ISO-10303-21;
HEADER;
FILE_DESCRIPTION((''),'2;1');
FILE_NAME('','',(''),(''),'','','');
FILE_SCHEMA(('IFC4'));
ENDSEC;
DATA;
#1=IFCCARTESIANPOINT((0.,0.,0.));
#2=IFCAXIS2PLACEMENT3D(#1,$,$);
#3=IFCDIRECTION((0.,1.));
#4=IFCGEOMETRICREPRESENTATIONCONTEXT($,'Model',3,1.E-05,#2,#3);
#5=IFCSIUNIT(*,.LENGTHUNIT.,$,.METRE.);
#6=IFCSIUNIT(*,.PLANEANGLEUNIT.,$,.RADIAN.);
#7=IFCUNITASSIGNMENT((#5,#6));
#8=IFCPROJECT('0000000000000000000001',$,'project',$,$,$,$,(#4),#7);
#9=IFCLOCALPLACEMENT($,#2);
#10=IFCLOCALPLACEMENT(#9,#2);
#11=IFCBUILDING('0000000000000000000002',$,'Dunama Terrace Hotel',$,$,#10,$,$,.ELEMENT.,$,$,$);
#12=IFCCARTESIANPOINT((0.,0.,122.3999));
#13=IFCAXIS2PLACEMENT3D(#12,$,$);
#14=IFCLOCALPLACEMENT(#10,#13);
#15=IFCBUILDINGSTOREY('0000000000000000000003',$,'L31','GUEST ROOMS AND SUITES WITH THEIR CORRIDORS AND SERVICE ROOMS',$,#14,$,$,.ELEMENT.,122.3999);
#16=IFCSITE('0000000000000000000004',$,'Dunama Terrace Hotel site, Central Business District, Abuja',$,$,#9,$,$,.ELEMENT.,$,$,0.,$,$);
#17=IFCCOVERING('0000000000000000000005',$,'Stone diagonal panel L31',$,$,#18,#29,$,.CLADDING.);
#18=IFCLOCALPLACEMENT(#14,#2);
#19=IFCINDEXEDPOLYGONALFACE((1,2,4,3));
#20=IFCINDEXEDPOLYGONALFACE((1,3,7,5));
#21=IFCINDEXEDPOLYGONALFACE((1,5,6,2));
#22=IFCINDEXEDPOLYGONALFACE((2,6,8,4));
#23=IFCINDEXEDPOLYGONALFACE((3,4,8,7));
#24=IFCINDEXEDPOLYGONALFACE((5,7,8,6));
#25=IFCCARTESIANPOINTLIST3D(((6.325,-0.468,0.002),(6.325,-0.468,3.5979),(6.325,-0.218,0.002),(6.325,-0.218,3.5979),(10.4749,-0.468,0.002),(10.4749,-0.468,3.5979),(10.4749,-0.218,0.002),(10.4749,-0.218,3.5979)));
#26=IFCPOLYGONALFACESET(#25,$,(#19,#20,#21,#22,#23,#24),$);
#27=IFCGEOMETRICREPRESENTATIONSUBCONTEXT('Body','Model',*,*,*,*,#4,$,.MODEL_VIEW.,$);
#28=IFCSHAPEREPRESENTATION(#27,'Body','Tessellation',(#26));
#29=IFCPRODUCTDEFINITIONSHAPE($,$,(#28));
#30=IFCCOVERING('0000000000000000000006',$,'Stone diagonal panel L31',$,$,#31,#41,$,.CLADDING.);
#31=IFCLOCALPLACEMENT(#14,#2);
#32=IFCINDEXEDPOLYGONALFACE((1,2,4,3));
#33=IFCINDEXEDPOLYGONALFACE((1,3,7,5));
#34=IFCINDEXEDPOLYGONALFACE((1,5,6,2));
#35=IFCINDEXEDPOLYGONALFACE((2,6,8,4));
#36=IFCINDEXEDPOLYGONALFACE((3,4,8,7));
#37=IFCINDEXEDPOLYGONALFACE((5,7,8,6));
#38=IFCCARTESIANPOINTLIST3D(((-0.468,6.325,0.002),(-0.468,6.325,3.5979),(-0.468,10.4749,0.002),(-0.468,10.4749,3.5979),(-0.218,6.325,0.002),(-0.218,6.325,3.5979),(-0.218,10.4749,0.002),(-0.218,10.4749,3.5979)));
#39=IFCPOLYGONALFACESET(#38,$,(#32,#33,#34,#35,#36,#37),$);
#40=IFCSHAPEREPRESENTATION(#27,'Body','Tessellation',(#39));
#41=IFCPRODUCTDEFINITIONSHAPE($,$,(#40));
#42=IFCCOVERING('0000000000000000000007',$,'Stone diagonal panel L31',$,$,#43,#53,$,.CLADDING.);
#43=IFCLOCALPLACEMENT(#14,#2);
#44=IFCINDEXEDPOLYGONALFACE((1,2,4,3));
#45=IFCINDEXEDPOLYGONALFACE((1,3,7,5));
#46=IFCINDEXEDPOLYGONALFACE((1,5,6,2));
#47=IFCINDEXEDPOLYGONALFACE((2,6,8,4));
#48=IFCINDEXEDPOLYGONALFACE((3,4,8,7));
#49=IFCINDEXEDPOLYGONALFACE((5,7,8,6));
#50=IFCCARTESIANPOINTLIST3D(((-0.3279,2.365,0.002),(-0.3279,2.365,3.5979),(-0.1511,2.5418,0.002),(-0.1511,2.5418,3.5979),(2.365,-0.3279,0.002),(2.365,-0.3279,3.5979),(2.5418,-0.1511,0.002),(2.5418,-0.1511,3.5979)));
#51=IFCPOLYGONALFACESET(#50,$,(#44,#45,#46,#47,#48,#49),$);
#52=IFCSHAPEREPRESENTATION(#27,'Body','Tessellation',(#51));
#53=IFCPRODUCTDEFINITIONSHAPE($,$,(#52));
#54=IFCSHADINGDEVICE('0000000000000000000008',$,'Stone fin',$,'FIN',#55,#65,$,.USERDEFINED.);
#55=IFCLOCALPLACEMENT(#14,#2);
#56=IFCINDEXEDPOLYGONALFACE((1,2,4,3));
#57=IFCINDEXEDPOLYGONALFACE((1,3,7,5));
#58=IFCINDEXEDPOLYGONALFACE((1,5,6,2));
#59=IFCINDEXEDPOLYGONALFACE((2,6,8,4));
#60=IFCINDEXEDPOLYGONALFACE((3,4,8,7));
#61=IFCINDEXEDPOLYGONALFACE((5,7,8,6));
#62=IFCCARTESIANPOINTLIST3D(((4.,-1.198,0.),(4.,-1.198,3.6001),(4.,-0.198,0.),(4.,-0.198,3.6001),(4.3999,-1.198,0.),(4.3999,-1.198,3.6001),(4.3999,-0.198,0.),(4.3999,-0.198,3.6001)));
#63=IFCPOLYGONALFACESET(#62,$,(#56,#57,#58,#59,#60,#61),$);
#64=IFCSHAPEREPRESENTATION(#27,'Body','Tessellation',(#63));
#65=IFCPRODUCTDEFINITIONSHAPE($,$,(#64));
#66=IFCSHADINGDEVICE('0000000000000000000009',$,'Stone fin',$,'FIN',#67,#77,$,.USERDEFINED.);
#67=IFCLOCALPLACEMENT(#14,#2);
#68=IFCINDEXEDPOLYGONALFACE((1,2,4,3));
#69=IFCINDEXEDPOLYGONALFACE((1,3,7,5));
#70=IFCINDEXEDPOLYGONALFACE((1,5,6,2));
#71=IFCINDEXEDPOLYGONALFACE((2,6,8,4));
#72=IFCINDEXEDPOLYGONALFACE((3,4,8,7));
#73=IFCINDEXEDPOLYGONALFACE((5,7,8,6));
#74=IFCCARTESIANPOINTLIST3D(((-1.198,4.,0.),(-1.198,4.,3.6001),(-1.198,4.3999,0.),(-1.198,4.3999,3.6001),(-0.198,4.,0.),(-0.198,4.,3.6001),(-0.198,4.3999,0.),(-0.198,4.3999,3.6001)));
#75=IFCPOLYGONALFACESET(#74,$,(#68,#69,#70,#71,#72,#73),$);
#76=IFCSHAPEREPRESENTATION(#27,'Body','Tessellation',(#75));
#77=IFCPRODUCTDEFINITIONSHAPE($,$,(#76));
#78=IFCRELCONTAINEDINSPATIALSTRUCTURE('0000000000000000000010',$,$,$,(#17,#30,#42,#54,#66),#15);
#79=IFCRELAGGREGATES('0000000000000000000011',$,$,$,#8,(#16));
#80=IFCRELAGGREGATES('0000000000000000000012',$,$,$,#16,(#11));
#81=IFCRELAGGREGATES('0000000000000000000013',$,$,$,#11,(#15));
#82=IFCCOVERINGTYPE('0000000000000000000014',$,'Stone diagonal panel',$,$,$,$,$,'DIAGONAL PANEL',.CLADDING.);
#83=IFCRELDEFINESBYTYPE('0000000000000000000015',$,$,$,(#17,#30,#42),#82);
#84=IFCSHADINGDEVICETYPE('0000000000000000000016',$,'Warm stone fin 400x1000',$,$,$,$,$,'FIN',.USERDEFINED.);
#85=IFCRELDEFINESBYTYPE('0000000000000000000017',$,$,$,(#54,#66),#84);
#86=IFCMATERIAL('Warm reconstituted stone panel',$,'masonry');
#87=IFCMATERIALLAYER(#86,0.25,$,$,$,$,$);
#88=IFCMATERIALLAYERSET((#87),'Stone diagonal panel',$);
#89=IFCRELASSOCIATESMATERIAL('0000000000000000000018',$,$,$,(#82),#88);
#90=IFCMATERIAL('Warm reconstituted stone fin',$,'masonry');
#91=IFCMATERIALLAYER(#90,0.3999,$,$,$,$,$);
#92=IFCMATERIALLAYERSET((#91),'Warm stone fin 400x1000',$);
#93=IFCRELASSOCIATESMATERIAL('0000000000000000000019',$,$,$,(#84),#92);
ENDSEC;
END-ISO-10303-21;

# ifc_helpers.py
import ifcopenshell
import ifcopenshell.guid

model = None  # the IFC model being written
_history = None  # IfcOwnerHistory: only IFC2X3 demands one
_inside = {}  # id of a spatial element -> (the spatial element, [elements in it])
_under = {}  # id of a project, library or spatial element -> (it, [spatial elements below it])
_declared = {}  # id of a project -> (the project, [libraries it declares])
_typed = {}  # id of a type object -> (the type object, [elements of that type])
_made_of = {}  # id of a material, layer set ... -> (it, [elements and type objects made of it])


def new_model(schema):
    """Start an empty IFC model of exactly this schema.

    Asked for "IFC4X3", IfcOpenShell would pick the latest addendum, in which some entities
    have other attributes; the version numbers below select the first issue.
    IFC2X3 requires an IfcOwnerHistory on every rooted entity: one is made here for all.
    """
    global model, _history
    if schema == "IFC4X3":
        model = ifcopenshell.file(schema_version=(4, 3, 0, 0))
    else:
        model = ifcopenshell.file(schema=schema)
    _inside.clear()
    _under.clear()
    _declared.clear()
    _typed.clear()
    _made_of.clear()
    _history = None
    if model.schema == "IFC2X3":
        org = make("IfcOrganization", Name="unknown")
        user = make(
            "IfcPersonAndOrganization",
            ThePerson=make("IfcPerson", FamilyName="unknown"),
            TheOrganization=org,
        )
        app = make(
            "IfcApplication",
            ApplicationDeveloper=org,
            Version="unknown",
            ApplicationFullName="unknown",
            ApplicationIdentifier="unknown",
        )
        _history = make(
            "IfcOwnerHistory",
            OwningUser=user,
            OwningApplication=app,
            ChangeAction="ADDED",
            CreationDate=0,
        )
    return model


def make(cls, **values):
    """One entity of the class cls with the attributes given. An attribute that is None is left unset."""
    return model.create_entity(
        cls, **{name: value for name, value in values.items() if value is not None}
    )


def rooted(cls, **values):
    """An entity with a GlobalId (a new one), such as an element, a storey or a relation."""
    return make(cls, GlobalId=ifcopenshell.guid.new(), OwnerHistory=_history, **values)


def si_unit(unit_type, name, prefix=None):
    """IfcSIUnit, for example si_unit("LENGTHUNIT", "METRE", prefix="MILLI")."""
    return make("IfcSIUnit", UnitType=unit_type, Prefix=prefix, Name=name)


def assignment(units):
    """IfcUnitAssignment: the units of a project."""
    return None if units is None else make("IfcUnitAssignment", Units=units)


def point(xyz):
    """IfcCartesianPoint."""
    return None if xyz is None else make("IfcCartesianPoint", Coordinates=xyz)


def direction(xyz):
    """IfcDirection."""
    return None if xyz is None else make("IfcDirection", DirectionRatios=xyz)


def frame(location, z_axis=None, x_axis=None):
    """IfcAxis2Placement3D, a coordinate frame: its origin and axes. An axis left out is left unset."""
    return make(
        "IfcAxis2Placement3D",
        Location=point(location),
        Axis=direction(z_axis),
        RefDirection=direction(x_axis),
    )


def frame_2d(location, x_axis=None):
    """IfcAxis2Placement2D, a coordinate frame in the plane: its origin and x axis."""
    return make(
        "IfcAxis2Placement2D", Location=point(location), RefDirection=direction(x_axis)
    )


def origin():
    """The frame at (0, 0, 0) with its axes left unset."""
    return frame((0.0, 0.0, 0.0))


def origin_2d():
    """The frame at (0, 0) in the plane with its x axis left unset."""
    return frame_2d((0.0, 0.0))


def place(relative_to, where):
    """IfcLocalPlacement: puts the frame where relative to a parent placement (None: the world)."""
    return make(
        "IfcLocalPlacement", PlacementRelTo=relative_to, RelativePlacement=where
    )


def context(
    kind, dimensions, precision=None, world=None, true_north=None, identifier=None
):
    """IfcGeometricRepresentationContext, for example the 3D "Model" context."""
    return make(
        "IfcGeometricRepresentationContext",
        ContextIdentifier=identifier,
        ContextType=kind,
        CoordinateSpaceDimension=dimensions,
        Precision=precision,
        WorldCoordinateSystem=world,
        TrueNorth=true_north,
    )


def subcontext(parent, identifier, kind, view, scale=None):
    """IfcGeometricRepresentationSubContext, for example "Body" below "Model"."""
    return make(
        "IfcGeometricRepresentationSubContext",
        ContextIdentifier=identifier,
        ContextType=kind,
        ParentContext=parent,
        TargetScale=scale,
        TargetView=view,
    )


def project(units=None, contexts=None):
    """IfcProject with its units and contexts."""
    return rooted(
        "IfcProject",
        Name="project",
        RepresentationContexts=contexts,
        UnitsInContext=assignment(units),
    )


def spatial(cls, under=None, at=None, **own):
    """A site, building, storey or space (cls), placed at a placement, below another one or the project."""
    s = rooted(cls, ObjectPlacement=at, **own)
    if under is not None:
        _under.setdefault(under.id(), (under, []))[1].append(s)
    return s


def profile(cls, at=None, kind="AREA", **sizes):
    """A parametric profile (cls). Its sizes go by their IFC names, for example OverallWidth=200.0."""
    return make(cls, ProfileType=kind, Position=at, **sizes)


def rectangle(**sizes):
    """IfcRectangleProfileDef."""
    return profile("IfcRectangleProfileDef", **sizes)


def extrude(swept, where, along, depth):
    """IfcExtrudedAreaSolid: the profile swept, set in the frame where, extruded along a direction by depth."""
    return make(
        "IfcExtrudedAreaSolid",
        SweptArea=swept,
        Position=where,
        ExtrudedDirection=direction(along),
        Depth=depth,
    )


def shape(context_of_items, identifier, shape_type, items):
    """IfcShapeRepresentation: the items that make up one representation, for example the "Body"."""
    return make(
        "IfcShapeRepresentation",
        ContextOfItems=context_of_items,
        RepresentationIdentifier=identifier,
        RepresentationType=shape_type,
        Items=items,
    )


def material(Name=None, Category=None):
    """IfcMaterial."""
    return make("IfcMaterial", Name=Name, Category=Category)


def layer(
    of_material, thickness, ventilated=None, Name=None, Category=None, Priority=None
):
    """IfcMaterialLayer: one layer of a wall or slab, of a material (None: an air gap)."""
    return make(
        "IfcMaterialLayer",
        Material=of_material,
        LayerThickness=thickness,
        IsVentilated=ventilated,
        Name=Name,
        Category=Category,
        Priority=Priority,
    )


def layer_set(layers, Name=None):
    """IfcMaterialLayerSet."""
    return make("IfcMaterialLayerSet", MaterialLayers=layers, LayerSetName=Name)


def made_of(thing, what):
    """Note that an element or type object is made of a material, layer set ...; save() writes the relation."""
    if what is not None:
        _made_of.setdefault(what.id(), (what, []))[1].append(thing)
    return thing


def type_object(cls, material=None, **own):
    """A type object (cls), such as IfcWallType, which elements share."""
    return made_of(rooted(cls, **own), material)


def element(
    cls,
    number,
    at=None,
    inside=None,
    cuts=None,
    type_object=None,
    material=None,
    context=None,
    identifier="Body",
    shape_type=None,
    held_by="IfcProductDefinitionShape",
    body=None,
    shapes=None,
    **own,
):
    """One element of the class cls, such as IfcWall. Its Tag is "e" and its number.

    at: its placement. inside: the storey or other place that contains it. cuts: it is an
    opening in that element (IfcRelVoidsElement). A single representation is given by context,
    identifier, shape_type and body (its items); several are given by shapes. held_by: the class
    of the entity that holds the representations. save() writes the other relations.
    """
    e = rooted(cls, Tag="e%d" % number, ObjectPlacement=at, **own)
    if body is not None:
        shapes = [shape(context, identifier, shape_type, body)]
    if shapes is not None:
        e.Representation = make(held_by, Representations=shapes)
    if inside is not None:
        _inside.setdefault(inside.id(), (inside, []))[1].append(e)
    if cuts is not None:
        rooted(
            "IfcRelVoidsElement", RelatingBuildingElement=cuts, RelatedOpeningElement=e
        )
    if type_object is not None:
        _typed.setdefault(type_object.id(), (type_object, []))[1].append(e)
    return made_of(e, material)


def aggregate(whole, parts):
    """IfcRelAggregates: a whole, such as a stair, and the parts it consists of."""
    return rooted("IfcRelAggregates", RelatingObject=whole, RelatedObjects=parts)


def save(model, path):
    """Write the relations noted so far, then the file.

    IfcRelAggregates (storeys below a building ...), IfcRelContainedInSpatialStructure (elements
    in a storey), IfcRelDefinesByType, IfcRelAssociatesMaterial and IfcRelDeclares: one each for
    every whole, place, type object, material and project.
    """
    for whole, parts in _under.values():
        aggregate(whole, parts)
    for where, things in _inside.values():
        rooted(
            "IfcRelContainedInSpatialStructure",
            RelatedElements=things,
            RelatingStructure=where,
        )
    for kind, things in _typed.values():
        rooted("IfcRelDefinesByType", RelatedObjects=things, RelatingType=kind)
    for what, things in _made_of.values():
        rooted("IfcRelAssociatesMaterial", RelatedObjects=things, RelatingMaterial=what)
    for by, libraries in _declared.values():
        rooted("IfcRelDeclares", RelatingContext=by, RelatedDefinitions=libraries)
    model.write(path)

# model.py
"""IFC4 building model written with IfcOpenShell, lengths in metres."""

from ifc_helpers import new_model, si_unit, direction, frame, origin, origin_2d, place, context, subcontext, project, spatial, rectangle, extrude, material, layer, layer_set, type_object, element, save


model = new_model("IFC4")

# Units and contexts
model_context = context("Model", 3, precision=1e-05, world=origin(), true_north=direction((0.0, 1.0)))
body_context = subcontext(model_context, "Body", "Model", "MODEL_VIEW")
ifc_project = project(units=[si_unit("LENGTHUNIT", "METRE"), si_unit("PLANEANGLEUNIT", "RADIAN")], contexts=[model_context])

# Site, building, storey
site_placement = place(None, origin())
site = spatial("IfcSite", under=ifc_project, at=site_placement, Name="Dunama Terrace Hotel site, Central Business District, Abuja", CompositionType="ELEMENT", RefElevation=0.0)
building_placement = place(site_placement, origin())
building = spatial("IfcBuilding", under=site, at=building_placement, Name="Dunama Terrace Hotel", CompositionType="ELEMENT")
storey_placement = place(building_placement, frame((0.0, 0.0, 122.3999)))
storey = spatial("IfcBuildingStorey", under=building, at=storey_placement, Name="L31", Description="GUEST ROOMS AND SUITES WITH THEIR CORRIDORS AND SERVICE ROOMS", CompositionType="ELEMENT", Elevation=122.3999)

# Coverings
ifc_material_1 = material(Name="Warm reconstituted stone panel", Category="masonry")
ifc_layer_1 = layer(ifc_material_1, 0.25)
ifc_layer_set_1 = layer_set([ifc_layer_1], Name="Stone diagonal panel")
covering_type = type_object("IfcCoveringType", Name="Stone diagonal panel", ElementType="DIAGONAL PANEL", PredefinedType="CLADDING", material=ifc_layer_set_1)
for number, where, z_axis, x_axis, name in (
    (1, (8.3999, -0.343, 0.002), (0.0, 0.0, 1.0), (1.0, 0.0, 0.0), "Stone diagonal panel L31"),
    (2, (-0.343, 8.3999, 0.002), (0.0, 0.0, 1.0), (0.0, -1.0, 0.0), "Stone diagonal panel L31"),
):
    element("IfcCovering", number, at=place(storey_placement, frame(where, z_axis=z_axis, x_axis=x_axis)), inside=storey, type_object=covering_type, Name=name, PredefinedType="CLADDING", context=body_context, shape_type="SweptSolid", body=[
        extrude(rectangle(XDim=4.1499, YDim=0.25, at=origin_2d()), origin(), (0.0, 0.0, 1.0), 3.5959),
    ])
covering_placement = place(storey_placement, frame((1.1069, 1.1069, 0.002), z_axis=(0.0, 0.0, 1.0), x_axis=(0.707107, -0.707107, 0.0)))
element("IfcCovering", 3, at=covering_placement, inside=storey, type_object=covering_type, Name="Stone diagonal panel L31", PredefinedType="CLADDING", context=body_context, shape_type="SweptSolid", body=[
    extrude(rectangle(XDim=3.8083, YDim=0.25, at=origin_2d()), origin(), (0.0, 0.0, 1.0), 3.5959),
])

# Shading devices
ifc_material_2 = material(Name="Warm reconstituted stone fin", Category="masonry")
ifc_layer_2 = layer(ifc_material_2, 0.3999)
ifc_layer_set_2 = layer_set([ifc_layer_2], Name="Warm stone fin 400x1000")
shading_device_type = type_object("IfcShadingDeviceType", Name="Warm stone fin 400x1000", ElementType="FIN", PredefinedType="USERDEFINED", material=ifc_layer_set_2)
for number, where, z_axis, x_axis, name in (
    (4, (4.2, -0.698, 0.0), (0.0, 0.0, 1.0), (1.0, 0.0, 0.0), "Stone fin"),
    (5, (-0.698, 4.2, 0.0), (0.0, 0.0, 1.0), (0.0, -1.0, 0.0), "Stone fin"),
):
    element("IfcShadingDevice", number, at=place(storey_placement, frame(where, z_axis=z_axis, x_axis=x_axis)), inside=storey, type_object=shading_device_type, Name=name, ObjectType="FIN", PredefinedType="USERDEFINED", context=body_context, shape_type="SweptSolid", body=[
        extrude(rectangle(XDim=0.3999, YDim=1.0, at=origin_2d()), origin(), (0.0, 0.0, 1.0), 3.6001),
    ])

save(model, "model.ifc")
